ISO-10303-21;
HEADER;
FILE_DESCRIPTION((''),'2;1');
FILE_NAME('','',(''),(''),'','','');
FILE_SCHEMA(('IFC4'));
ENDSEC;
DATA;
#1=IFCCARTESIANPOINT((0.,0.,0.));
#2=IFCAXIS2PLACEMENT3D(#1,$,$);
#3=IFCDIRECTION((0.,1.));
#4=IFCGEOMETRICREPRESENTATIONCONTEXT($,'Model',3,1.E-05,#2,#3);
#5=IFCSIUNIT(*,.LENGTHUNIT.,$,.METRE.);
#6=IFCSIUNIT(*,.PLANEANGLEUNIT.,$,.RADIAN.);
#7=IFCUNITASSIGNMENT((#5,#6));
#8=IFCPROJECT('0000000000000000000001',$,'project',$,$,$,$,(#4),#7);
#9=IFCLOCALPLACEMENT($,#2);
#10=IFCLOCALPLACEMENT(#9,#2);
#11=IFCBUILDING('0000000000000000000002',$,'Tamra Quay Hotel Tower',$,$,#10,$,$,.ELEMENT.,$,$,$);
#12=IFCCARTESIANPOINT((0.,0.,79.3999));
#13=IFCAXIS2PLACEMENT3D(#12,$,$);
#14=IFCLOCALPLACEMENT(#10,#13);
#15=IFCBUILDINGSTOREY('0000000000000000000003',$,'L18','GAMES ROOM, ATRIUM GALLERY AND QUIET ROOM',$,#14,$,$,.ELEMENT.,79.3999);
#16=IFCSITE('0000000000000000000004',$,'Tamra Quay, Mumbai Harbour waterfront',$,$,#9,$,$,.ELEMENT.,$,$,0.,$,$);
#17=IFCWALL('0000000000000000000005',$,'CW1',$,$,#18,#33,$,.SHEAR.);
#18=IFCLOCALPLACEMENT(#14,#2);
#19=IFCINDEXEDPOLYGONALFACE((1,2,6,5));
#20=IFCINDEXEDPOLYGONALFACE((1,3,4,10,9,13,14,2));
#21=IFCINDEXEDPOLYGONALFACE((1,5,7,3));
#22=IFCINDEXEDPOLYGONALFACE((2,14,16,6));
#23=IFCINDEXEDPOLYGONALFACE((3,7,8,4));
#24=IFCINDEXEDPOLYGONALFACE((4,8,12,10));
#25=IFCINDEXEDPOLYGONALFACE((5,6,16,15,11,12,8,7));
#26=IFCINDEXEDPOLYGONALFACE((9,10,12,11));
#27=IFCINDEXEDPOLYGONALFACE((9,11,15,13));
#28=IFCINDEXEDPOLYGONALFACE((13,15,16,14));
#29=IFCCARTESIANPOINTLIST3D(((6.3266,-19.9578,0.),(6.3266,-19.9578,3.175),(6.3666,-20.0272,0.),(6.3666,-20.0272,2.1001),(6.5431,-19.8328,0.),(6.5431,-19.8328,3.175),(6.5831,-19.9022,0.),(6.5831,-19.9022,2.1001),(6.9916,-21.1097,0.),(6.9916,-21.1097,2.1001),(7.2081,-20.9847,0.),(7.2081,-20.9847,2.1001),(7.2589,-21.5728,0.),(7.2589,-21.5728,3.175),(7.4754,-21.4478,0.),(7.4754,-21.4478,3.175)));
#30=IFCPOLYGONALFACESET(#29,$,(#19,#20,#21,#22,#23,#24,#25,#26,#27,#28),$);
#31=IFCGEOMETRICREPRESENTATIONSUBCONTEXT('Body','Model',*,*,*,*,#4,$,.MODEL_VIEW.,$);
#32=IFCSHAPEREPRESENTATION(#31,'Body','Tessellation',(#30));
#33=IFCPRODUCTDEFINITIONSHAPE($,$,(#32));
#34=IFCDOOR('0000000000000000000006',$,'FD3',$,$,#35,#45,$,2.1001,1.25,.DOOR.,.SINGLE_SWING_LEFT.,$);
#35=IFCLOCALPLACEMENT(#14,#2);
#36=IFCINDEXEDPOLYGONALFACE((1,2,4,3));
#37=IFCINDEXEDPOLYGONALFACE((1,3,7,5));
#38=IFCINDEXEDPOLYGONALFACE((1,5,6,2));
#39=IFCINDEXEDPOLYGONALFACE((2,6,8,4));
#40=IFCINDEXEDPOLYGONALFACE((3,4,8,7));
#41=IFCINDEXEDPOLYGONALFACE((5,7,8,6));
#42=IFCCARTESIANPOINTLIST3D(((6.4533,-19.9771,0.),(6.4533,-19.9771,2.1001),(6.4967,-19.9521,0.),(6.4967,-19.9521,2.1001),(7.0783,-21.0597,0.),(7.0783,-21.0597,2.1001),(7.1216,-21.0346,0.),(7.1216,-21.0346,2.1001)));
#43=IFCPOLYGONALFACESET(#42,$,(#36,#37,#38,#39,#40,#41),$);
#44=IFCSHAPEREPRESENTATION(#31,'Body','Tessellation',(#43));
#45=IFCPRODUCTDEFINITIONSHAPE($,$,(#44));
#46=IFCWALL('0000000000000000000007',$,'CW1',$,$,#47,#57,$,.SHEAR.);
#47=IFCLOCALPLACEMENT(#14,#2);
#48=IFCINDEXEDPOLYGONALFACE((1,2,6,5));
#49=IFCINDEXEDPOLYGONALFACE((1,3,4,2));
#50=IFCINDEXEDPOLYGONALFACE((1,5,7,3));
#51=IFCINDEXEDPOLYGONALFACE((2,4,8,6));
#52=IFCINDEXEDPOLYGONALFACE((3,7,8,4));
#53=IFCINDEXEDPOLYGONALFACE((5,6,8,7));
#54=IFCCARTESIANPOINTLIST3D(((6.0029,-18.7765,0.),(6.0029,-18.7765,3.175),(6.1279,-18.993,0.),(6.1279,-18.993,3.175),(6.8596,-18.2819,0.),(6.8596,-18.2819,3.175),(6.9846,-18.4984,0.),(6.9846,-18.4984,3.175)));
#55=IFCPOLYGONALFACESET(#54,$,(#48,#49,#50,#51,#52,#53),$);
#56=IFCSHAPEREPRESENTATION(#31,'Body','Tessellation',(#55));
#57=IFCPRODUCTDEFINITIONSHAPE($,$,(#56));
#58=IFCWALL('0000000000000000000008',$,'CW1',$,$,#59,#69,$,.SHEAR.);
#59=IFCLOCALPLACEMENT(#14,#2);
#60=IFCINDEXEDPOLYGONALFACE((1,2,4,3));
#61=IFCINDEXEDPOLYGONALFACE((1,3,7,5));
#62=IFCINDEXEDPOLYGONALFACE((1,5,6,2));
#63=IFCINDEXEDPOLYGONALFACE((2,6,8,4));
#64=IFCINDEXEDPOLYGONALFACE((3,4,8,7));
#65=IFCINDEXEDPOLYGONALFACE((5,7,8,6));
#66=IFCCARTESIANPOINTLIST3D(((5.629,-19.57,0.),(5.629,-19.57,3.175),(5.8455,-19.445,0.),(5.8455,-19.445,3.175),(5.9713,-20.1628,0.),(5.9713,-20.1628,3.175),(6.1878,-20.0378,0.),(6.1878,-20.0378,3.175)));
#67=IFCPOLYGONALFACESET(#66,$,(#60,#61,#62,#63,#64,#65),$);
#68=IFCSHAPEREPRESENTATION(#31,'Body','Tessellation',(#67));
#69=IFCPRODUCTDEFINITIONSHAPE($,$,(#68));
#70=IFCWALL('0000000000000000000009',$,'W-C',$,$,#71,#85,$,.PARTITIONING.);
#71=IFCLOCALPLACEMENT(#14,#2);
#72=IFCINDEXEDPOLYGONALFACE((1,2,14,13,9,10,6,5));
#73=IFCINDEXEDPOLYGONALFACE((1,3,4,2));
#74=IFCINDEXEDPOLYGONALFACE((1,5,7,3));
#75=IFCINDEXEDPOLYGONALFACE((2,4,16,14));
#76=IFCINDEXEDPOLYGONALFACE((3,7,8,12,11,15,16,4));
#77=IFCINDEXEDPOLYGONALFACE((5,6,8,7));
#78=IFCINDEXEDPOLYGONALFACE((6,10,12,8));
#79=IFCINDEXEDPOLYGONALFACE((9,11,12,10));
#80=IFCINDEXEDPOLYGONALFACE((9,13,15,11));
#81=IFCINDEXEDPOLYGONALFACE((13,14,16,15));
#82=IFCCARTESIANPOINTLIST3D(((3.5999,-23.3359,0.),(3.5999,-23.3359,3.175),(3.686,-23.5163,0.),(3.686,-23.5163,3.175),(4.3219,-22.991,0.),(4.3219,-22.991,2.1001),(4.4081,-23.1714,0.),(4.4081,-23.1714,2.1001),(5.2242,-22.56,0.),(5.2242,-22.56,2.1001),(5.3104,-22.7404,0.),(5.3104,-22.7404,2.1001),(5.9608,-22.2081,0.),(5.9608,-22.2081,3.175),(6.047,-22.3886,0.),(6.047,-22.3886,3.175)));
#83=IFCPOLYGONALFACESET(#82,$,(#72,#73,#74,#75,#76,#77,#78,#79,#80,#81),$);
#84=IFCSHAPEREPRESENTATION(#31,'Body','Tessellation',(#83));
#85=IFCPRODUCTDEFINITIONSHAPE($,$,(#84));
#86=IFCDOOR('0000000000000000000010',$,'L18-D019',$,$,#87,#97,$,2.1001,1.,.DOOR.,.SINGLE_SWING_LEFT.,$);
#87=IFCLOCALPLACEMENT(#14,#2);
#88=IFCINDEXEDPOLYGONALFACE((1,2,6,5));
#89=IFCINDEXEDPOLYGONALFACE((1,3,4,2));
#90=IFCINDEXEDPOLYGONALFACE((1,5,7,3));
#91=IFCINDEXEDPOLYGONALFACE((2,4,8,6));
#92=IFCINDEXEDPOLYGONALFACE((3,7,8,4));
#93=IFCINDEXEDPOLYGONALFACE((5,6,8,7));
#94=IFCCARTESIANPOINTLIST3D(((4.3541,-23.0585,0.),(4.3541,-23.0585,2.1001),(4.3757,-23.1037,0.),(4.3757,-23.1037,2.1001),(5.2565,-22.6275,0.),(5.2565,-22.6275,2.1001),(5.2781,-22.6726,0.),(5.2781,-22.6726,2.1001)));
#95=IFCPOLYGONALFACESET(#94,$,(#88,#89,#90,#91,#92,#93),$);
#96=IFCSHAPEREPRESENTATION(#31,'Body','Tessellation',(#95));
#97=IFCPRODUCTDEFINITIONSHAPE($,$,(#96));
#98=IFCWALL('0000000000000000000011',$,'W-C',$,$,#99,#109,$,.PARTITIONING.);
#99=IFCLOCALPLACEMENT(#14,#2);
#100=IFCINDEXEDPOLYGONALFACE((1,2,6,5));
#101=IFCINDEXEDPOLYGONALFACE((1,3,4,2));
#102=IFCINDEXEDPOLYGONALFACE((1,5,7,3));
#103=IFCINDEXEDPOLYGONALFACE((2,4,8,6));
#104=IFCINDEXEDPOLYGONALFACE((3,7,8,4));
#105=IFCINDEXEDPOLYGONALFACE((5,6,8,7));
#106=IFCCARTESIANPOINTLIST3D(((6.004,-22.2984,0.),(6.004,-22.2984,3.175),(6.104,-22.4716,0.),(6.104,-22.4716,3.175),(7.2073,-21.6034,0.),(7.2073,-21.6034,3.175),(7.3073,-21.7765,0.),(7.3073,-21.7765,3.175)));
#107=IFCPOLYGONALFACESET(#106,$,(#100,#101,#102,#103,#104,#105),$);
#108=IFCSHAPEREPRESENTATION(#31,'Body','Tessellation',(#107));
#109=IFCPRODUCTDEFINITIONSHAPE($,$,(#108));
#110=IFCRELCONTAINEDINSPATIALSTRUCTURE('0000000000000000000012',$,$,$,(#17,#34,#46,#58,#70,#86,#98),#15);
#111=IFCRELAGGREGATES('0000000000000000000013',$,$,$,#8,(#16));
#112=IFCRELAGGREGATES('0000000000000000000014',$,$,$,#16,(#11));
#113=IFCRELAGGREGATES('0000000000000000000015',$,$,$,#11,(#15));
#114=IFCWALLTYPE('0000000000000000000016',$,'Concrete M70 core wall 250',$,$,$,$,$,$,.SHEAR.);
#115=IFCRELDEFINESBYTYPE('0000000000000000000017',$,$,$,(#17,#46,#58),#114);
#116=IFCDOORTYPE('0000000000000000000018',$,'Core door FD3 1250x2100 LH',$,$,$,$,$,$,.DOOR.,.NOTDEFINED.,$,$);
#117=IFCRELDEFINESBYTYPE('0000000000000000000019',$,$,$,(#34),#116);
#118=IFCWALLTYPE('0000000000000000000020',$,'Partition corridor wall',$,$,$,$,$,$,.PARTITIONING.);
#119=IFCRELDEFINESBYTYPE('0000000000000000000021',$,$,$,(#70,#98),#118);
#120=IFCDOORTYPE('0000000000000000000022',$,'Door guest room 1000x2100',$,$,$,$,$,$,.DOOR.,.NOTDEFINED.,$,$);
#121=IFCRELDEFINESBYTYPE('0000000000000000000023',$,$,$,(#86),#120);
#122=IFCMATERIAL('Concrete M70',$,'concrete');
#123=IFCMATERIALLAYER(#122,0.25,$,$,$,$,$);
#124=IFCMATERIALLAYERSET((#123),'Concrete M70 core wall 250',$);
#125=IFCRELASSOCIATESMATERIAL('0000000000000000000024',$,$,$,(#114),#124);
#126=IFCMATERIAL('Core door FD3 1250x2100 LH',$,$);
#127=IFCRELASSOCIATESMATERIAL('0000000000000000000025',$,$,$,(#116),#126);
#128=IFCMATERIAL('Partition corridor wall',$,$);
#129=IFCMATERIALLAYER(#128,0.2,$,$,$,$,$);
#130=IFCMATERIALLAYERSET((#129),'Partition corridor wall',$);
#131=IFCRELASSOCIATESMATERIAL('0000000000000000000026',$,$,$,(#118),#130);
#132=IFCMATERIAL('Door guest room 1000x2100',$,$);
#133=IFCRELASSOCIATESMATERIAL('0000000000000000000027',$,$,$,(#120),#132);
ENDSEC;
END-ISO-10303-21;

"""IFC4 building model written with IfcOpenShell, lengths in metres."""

from ifc_helpers import new_model, si_unit, direction, frame, frame_2d, origin, place, context, subcontext, project, spatial, rectangle, extrude, material, layer, layer_set, type_object, element, fill, save


model = new_model("IFC4")

# Units and contexts
model_context = context("Model", 3, precision=1e-05, world=origin(), true_north=direction((0.0, 1.0)))
body_context = subcontext(model_context, "Body", "Model", "MODEL_VIEW")
ifc_project = project(units=[si_unit("LENGTHUNIT", "METRE"), si_unit("PLANEANGLEUNIT", "RADIAN")], contexts=[model_context])

# Site, building, storey
site_placement = place(None, origin())
site = spatial("IfcSite", under=ifc_project, at=site_placement, Name="Tamra Quay, Mumbai Harbour waterfront", CompositionType="ELEMENT", RefElevation=0.0)
building_placement = place(site_placement, origin())
building = spatial("IfcBuilding", under=site, at=building_placement, Name="Tamra Quay Hotel Tower", CompositionType="ELEMENT")
storey_placement = place(building_placement, frame((0.0, 0.0, 79.3999)))
storey = spatial("IfcBuildingStorey", under=building, at=storey_placement, Name="L18", Description="GAMES ROOM, ATRIUM GALLERY AND QUIET ROOM", CompositionType="ELEMENT", Elevation=79.3999)

# Shared definitions
ifc_material_1 = material(Name="Concrete M70", Category="concrete")

# Shared definitions
ifc_layer_1 = layer(ifc_material_1, 0.25)
ifc_layer_set_1 = layer_set([ifc_layer_1], Name="Concrete M70 core wall 250")
wall_type_1 = type_object("IfcWallType", Name="Concrete M70 core wall 250", PredefinedType="SHEAR", material=ifc_layer_set_1)

# Wall, opening, door
wall_1_placement = place(storey_placement, frame((7.3672, -21.5103, 0.0), z_axis=(0.0, 0.0, 1.0), x_axis=(-0.499983, 0.866035, 0.0)))
wall_1 = element("IfcWall", 1, at=wall_1_placement, inside=storey, type_object=wall_type_1, Name="CW1", PredefinedType="SHEAR", context=body_context, shape_type="SweptSolid", body=[
    extrude(rectangle(XDim=1.8647, YDim=0.25, at=frame_2d((0.9324, 0.0))), origin(), (0.0, 0.0, 1.0), 3.175),
])
opening_1_placement = place(wall_1_placement, frame((0.5347, 0.0, 0.0)))
opening_1 = element("IfcOpeningElement", 2, at=opening_1_placement, cuts=wall_1, PredefinedType="OPENING", context=body_context, shape_type="SweptSolid", body=[
    extrude(rectangle(XDim=1.25, YDim=2.1001, at=frame_2d((0.625, 1.05))), frame((0.0, 0.135, 0.0), z_axis=(0.0, -1.0, 0.0), x_axis=(1.0, 0.0, 0.0)), (0.0, 0.0, 1.0), 0.27),
])
ifc_material_2 = material(Name="Core door FD3 1250x2100 LH")
door_type_1 = type_object("IfcDoorType", Name="Core door FD3 1250x2100 LH", OperationType="NOTDEFINED", PredefinedType="DOOR", material=ifc_material_2)
door_1_placement = place(opening_1_placement, origin())
door_1 = element("IfcDoor", 3, at=door_1_placement, inside=storey, type_object=door_type_1, Name="FD3", OperationType="SINGLE_SWING_LEFT", OverallHeight=2.1001, OverallWidth=1.25, PredefinedType="DOOR", context=body_context, shape_type="SweptSolid", body=[
    extrude(rectangle(XDim=1.25, YDim=2.1001, at=frame_2d((0.625, 1.05))), frame((0.0, 0.0249, 0.0), z_axis=(0.0, -1.0, 0.0), x_axis=(1.0, 0.0, 0.0)), (0.0, 0.0, 1.0), 0.05),
])
fill(opening_1, door_1)

# Walls
wall_2_placement = place(storey_placement, frame((6.0654, -18.8848, 0.0), z_axis=(0.0, 0.0, 1.0), x_axis=(0.866017, 0.500014, 0.0)))
element("IfcWall", 4, at=wall_2_placement, inside=storey, type_object=wall_type_1, Name="CW1", PredefinedType="SHEAR", context=body_context, shape_type="SweptSolid", body=[
    extrude(rectangle(XDim=0.9893, YDim=0.25, at=frame_2d((0.4946, 0.0))), origin(), (0.0, 0.0, 1.0), 3.175),
])
wall_3_placement = place(storey_placement, frame((6.0796, -20.1003, 0.0), z_axis=(0.0, 0.0, 1.0), x_axis=(-0.500052, 0.865996, 0.0)))
element("IfcWall", 5, at=wall_3_placement, inside=storey, type_object=wall_type_1, Name="CW1", PredefinedType="SHEAR", context=body_context, shape_type="SweptSolid", body=[
    extrude(rectangle(XDim=0.6846, YDim=0.25, at=frame_2d((0.3423, 0.0))), origin(), (0.0, 0.0, 1.0), 3.175),
])

# Wall, opening, door
ifc_material_3 = material(Name="Partition corridor wall")
ifc_layer_2 = layer(ifc_material_3, 0.2)
ifc_layer_set_2 = layer_set([ifc_layer_2], Name="Partition corridor wall")
wall_type_2 = type_object("IfcWallType", Name="Partition corridor wall", PredefinedType="PARTITIONING", material=ifc_layer_set_2)
wall_4_placement = place(storey_placement, frame((3.6431, -23.426, 0.0), z_axis=(0.0, 0.0, 1.0), x_axis=(0.902344, 0.431016, 0.0)))
wall_4 = element("IfcWall", 6, at=wall_4_placement, inside=storey, type_object=wall_type_2, Name="W-C", PredefinedType="PARTITIONING", context=body_context, shape_type="SweptSolid", body=[
    extrude(rectangle(XDim=2.6165, YDim=0.2, at=frame_2d((1.3081, 0.0))), origin(), (0.0, 0.0, 1.0), 3.175),
])
opening_2_placement = place(wall_4_placement, frame((0.8, 0.0, 0.0)))
opening_2 = element("IfcOpeningElement", 7, at=opening_2_placement, cuts=wall_4, PredefinedType="OPENING", context=body_context, shape_type="SweptSolid", body=[
    extrude(rectangle(XDim=1.0, YDim=2.1001, at=frame_2d((0.5, 1.05))), frame((0.0, 0.1099, 0.0), z_axis=(0.0, -1.0, 0.0), x_axis=(1.0, 0.0, 0.0)), (0.0, 0.0, 1.0), 0.22),
])
ifc_material_4 = material(Name="Door guest room 1000x2100")
door_type_2 = type_object("IfcDoorType", Name="Door guest room 1000x2100", OperationType="NOTDEFINED", PredefinedType="DOOR", material=ifc_material_4)
door_2_placement = place(opening_2_placement, frame((1.0, 0.0, 0.0), z_axis=(0.0, 0.0, 1.0), x_axis=(-1.0, 0.0, 0.0)))
door_2 = element("IfcDoor", 8, at=door_2_placement, inside=storey, type_object=door_type_2, Name="L18-D019", OperationType="SINGLE_SWING_LEFT", OverallHeight=2.1001, OverallWidth=1.0, PredefinedType="DOOR", context=body_context, shape_type="SweptSolid", body=[
    extrude(rectangle(XDim=1.0, YDim=2.1001, at=frame_2d((0.5, 1.05))), frame((0.0, 0.0249, 0.0), z_axis=(0.0, -1.0, 0.0), x_axis=(1.0, 0.0, 0.0)), (0.0, 0.0, 1.0), 0.05),
])
fill(opening_2, door_2)

# Wall
wall_5_placement = place(storey_placement, frame((6.054, -22.385, 0.0), z_axis=(0.0, 0.0, 1.0), x_axis=(0.865931, 0.500163, 0.0)))
element("IfcWall", 9, at=wall_5_placement, inside=storey, type_object=wall_type_2, Name="W-C", PredefinedType="PARTITIONING", context=body_context, shape_type="SweptSolid", body=[
    extrude(rectangle(XDim=1.3896, YDim=0.2, at=frame_2d((0.6948, 0.0))), origin(), (0.0, 0.0, 1.0), 3.175),
])

save(model, "model.ifc")
